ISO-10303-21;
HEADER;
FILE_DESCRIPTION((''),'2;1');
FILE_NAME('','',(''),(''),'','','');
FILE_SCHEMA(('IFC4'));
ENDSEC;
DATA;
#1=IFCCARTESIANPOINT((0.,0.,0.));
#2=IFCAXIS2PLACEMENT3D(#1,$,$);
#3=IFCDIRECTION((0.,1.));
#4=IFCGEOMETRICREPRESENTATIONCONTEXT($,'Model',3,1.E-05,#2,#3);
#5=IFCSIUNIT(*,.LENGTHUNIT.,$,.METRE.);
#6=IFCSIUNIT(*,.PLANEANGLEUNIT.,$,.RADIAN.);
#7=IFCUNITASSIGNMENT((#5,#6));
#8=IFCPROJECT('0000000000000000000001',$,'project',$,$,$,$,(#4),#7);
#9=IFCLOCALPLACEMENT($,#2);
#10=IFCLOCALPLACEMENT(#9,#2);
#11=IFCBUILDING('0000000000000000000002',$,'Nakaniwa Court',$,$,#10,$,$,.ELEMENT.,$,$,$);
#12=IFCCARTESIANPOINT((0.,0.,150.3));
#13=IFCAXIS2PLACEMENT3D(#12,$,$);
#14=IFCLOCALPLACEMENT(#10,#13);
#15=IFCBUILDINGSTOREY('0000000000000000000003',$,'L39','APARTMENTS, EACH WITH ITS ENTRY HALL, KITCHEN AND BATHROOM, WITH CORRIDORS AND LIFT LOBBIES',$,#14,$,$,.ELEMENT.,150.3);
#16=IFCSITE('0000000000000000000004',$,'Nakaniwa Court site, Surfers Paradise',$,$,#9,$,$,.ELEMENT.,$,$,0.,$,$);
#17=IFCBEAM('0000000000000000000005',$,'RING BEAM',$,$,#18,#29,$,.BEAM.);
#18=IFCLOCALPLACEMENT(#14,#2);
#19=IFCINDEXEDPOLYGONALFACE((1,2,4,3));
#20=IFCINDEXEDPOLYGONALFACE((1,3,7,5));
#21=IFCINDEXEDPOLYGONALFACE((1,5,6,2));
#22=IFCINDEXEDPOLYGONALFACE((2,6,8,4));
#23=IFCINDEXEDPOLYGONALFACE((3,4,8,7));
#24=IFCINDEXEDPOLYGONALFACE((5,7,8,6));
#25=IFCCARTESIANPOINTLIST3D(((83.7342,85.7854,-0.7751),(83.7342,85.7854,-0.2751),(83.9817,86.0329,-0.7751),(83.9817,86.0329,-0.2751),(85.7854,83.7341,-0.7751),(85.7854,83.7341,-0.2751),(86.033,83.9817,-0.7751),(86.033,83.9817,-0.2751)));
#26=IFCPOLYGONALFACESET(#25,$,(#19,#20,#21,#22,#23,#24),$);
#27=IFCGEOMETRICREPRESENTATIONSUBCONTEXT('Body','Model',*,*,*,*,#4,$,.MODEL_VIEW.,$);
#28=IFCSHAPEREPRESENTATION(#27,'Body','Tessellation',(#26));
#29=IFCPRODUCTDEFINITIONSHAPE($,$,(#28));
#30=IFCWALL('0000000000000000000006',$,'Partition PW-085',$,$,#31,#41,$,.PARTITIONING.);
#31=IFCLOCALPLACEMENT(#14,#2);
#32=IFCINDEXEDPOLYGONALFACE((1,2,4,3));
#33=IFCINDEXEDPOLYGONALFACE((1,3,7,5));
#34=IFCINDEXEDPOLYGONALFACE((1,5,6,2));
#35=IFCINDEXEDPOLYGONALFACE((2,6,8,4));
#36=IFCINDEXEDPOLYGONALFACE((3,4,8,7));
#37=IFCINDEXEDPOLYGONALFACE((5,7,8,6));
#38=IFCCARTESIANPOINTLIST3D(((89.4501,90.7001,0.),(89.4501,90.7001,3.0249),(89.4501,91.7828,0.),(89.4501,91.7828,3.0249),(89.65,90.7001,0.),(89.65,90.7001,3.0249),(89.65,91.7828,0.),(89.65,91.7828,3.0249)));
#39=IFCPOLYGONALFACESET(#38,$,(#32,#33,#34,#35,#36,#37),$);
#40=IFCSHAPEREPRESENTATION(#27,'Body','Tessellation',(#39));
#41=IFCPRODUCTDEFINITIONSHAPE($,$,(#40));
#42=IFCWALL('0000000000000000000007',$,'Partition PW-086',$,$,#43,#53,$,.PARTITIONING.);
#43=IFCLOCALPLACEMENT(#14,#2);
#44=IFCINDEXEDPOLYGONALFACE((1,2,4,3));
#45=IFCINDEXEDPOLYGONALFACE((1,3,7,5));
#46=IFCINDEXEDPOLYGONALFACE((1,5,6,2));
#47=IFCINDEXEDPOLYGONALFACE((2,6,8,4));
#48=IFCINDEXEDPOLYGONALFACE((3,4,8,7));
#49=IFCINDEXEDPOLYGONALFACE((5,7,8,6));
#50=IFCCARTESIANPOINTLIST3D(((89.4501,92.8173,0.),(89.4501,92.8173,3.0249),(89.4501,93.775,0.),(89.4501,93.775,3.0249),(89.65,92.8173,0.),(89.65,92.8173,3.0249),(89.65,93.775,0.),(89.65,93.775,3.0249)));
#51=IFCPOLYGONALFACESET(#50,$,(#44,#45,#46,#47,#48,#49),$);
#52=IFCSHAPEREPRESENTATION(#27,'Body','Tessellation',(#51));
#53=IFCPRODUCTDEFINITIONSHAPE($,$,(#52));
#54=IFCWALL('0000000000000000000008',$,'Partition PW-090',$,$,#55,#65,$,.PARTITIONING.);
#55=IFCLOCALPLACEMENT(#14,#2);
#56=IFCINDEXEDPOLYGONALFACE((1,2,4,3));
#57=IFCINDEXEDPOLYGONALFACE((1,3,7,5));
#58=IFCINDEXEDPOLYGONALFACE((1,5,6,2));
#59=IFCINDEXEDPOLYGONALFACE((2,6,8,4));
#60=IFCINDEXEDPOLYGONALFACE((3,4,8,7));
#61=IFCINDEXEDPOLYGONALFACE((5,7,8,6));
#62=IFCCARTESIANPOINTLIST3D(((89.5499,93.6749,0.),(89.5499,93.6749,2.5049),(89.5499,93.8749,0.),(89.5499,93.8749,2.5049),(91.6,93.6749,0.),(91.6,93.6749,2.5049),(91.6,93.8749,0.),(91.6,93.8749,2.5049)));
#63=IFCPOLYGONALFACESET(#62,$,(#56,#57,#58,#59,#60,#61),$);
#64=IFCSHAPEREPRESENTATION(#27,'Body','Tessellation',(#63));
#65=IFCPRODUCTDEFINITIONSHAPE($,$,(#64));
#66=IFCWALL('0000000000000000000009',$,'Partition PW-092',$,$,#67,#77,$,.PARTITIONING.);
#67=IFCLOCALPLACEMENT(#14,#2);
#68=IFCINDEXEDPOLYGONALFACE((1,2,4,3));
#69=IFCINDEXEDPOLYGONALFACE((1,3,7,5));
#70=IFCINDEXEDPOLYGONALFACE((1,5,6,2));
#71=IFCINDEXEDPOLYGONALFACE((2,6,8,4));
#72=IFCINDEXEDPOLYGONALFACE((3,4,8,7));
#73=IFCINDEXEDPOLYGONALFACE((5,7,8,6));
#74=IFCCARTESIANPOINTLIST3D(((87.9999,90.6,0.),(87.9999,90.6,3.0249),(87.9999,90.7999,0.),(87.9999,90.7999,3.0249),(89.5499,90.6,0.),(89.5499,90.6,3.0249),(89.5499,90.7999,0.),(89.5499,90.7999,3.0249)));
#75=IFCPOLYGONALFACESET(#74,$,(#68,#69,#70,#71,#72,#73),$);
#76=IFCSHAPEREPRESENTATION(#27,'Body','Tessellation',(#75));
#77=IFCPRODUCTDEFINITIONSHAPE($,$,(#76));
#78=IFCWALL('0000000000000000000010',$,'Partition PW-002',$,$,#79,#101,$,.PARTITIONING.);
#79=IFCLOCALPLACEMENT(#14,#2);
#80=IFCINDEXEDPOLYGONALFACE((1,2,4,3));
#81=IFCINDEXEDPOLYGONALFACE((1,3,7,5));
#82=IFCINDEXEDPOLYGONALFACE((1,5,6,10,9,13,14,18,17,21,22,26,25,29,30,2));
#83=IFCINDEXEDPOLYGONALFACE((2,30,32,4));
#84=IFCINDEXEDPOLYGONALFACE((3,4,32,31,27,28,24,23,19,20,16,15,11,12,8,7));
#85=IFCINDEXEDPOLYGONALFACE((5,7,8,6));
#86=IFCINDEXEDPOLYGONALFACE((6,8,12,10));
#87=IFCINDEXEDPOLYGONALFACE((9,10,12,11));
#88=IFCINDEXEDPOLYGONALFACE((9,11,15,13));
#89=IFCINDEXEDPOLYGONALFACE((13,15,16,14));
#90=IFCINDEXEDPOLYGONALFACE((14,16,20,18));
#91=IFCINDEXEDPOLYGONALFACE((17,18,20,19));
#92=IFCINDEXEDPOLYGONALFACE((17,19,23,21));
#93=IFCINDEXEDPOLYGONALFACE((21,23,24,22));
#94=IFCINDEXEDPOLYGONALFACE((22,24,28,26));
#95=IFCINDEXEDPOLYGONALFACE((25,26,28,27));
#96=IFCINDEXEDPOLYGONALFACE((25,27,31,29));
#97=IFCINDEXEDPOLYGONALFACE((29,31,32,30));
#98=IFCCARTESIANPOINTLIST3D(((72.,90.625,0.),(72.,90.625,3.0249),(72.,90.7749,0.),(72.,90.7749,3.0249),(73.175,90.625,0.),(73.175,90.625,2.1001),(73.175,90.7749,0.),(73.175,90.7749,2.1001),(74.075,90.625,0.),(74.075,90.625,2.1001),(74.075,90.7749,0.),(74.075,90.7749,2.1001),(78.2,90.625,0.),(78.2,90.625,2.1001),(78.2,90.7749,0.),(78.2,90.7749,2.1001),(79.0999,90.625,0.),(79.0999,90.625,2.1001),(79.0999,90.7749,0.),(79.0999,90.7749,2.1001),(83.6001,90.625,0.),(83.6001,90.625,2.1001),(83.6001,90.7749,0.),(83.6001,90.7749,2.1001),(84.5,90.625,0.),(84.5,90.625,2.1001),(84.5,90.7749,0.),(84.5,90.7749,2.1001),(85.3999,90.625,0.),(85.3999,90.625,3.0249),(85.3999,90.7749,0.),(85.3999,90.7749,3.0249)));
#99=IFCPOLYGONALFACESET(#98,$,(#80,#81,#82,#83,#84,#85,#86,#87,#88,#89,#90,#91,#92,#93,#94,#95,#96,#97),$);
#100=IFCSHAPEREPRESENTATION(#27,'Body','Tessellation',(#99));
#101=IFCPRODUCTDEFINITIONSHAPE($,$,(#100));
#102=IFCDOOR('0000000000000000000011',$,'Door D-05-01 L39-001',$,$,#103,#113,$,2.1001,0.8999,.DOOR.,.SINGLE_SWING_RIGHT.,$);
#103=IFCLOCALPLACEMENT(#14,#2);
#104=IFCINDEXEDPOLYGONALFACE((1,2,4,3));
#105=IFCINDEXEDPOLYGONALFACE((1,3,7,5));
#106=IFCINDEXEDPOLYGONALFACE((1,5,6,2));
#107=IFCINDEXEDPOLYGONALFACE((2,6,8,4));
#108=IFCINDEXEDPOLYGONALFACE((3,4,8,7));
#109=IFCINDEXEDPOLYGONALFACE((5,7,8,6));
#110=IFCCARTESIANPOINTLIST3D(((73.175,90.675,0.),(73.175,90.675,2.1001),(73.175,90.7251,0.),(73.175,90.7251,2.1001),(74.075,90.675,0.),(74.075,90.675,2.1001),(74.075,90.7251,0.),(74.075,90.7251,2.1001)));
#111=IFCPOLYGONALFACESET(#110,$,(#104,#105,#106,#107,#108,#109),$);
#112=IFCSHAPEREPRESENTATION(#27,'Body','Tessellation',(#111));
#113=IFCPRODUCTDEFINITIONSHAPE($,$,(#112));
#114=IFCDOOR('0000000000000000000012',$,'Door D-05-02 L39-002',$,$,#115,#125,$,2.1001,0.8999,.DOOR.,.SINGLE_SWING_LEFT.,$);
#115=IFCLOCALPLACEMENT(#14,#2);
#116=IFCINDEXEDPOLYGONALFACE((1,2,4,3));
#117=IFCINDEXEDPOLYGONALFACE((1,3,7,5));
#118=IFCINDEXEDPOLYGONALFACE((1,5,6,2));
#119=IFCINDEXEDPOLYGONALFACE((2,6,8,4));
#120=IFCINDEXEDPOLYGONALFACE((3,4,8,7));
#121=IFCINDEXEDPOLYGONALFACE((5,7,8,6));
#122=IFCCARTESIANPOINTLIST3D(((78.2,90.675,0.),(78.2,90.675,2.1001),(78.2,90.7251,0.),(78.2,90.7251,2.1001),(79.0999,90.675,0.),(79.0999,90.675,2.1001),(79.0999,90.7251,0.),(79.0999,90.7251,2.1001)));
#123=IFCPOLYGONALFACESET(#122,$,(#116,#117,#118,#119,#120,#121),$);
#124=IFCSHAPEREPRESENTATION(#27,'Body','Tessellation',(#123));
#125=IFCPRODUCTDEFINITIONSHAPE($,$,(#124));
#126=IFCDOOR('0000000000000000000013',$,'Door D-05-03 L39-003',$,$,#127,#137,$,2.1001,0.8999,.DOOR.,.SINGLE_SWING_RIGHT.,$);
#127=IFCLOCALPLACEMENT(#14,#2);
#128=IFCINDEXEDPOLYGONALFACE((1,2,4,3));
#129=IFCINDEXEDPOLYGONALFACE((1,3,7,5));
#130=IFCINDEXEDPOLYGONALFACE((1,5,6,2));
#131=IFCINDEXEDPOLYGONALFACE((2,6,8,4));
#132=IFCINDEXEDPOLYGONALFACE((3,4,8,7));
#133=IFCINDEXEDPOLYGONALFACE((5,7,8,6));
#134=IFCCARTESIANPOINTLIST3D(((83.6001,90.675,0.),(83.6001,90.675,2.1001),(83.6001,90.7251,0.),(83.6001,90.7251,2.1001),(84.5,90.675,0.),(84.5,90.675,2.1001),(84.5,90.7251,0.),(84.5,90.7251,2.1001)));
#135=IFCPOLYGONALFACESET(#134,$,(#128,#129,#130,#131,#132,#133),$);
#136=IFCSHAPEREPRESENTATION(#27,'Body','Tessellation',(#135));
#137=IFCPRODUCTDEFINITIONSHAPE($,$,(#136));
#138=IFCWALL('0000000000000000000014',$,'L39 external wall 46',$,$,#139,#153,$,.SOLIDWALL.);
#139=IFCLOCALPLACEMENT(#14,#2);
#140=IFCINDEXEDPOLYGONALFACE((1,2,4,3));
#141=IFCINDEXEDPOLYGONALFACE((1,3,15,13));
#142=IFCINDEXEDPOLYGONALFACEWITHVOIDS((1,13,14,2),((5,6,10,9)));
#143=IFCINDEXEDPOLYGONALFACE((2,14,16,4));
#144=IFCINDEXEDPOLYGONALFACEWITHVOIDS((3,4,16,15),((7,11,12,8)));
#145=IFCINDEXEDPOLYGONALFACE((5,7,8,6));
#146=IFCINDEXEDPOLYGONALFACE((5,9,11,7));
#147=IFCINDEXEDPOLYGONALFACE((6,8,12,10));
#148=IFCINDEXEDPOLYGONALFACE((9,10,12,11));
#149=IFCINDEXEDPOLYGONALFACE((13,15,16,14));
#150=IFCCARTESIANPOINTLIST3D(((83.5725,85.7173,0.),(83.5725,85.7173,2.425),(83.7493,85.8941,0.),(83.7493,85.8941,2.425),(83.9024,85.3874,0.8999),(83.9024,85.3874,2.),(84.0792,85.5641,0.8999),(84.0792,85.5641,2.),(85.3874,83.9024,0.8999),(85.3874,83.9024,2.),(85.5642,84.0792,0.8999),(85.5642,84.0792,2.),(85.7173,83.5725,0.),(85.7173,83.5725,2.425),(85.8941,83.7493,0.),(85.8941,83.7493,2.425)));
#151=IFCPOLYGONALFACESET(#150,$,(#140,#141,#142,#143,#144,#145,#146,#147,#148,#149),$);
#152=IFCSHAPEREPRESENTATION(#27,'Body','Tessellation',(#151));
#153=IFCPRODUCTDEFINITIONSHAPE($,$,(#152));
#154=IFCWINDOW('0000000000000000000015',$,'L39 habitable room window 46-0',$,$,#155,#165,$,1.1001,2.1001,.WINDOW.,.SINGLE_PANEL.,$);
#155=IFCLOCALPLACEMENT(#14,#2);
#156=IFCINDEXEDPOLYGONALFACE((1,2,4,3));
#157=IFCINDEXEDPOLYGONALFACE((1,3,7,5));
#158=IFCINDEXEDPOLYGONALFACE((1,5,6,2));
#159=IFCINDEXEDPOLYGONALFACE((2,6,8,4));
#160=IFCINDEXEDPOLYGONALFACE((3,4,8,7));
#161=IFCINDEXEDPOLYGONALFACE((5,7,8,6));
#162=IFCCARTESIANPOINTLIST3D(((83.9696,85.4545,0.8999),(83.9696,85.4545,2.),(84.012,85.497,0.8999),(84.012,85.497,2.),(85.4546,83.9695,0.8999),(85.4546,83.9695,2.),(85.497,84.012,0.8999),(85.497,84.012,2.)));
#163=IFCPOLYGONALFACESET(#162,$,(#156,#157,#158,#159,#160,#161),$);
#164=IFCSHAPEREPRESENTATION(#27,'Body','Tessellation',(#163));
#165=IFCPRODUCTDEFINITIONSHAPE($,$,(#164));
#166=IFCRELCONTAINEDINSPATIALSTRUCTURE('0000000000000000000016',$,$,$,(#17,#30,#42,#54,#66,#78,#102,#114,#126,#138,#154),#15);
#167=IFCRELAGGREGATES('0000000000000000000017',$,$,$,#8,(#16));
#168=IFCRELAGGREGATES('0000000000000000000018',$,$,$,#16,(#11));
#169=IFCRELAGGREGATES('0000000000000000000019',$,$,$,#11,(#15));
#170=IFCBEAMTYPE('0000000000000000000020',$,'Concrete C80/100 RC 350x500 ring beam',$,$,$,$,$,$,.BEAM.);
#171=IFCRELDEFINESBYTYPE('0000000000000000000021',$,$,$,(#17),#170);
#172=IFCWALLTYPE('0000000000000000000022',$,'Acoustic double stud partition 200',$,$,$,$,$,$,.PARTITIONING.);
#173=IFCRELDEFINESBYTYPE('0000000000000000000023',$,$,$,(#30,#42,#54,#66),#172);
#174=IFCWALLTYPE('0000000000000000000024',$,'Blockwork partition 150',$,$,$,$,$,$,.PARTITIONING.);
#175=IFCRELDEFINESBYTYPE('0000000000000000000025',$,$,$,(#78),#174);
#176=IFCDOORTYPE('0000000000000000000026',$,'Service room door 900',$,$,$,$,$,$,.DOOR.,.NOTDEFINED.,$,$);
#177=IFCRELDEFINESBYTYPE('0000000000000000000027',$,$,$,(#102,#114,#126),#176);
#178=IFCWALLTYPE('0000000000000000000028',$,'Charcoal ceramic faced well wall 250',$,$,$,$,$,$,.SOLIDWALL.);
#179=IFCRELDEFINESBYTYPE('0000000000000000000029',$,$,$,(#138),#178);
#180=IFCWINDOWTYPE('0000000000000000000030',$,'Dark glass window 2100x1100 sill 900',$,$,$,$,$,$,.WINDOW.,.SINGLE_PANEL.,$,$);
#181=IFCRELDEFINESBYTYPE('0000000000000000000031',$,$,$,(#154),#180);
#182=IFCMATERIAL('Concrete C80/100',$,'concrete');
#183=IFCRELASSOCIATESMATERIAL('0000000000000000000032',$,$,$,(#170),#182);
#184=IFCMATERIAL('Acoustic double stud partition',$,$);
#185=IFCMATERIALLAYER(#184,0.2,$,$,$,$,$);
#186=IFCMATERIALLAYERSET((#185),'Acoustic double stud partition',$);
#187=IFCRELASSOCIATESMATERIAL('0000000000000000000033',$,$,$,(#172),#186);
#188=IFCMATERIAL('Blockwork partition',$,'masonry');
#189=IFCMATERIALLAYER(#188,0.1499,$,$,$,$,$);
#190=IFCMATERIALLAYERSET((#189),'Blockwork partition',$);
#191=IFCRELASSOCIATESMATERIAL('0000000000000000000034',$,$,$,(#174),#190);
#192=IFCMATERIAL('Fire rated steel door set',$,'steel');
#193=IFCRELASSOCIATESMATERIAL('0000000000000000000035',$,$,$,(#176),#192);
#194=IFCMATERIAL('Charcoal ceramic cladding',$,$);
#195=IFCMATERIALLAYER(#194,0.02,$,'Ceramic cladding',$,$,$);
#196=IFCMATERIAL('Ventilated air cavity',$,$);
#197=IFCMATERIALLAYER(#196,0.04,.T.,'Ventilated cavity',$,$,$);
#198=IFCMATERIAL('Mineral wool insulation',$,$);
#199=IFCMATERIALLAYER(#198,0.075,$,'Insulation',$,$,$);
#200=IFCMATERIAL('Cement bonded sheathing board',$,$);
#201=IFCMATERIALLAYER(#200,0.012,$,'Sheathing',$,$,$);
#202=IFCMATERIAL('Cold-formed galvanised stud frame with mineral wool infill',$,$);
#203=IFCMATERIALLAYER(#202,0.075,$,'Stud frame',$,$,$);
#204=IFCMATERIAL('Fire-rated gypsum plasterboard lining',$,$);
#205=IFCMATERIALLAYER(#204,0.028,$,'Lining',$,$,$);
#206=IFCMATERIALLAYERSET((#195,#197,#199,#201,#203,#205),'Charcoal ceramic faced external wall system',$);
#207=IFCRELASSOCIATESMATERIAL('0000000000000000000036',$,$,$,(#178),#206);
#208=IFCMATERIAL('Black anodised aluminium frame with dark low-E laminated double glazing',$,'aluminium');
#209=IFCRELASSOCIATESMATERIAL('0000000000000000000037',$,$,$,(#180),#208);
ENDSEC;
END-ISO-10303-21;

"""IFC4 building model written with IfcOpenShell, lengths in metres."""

from ifc_helpers import new_model, si_unit, direction, frame, frame_2d, origin, origin_2d, place, context, subcontext, project, spatial, rectangle, extrude, material, layer, layer_set, material_profile, profile_set, type_object, element, fill, save


model = new_model("IFC4")

# Units and contexts
model_context = context("Model", 3, precision=1e-05, world=origin(), true_north=direction((0.0, 1.0)))
body_context = subcontext(model_context, "Body", "Model", "MODEL_VIEW")
ifc_project = project(units=[si_unit("LENGTHUNIT", "METRE"), si_unit("PLANEANGLEUNIT", "RADIAN")], contexts=[model_context])

# Site, building, storey
site_placement = place(None, origin())
site = spatial("IfcSite", under=ifc_project, at=site_placement, Name="Nakaniwa Court site, Surfers Paradise", CompositionType="ELEMENT", RefElevation=0.0)
building_placement = place(site_placement, origin())
building = spatial("IfcBuilding", under=site, at=building_placement, Name="Nakaniwa Court", CompositionType="ELEMENT")
storey_placement = place(building_placement, frame((0.0, 0.0, 150.3)))
storey = spatial("IfcBuildingStorey", under=building, at=storey_placement, Name="L39", Description="APARTMENTS, EACH WITH ITS ENTRY HALL, KITCHEN AND BATHROOM, WITH CORRIDORS AND LIFT LOBBIES", CompositionType="ELEMENT", Elevation=150.3)

# Shared definitions
ifc_material_1 = material(Name="Concrete C80/100", Category="concrete")

# Beam
ifc_material_profile_1 = material_profile(ifc_material_1, rectangle(XDim=0.3501, YDim=0.5, at=origin_2d()), Name="Concrete C80/100 RC 350x500 ring beam")
ifc_profile_set_1 = profile_set([ifc_material_profile_1], Name="Concrete C80/100")
beam_type = type_object("IfcBeamType", Name="Concrete C80/100 RC 350x500 ring beam", PredefinedType="BEAM", material=ifc_profile_set_1)
beam_placement = place(storey_placement, frame((85.9092, 83.8579, -0.5251), z_axis=(-0.707107, 0.707107, 0.0), x_axis=(-0.707107, -0.707107, 0.0)))
element("IfcBeam", 1, at=beam_placement, inside=storey, type_object=beam_type, Name="RING BEAM", PredefinedType="BEAM", context=body_context, shape_type="SweptSolid", body=[
    extrude(rectangle(XDim=0.3501, YDim=0.5, at=origin_2d()), origin(), (0.0, 0.0, 1.0), 2.9009),
])

# Walls
ifc_material_2 = material(Name="Acoustic double stud partition")
ifc_layer_1 = layer(ifc_material_2, 0.2)
ifc_layer_set_1 = layer_set([ifc_layer_1], Name="Acoustic double stud partition")
wall_type_1 = type_object("IfcWallType", Name="Acoustic double stud partition 200", PredefinedType="PARTITIONING", material=ifc_layer_set_1)
wall_1_placement = place(storey_placement, frame((89.55, 90.7, 0.0), z_axis=(0.0, 0.0, 1.0), x_axis=(0.0, 1.0, 0.0)))
element("IfcWall", 2, at=wall_1_placement, inside=storey, type_object=wall_type_1, Name="Partition PW-085", PredefinedType="PARTITIONING", context=body_context, shape_type="SweptSolid", body=[
    extrude(rectangle(XDim=1.0828, YDim=0.2, at=frame_2d((0.5415, 0.0))), origin(), (0.0, 0.0, 1.0), 3.0249),
])
wall_2_placement = place(storey_placement, frame((89.55, 92.8171, 0.0), z_axis=(0.0, 0.0, 1.0), x_axis=(0.0, 1.0, 0.0)))
element("IfcWall", 3, at=wall_2_placement, inside=storey, type_object=wall_type_1, Name="Partition PW-086", PredefinedType="PARTITIONING", context=body_context, shape_type="SweptSolid", body=[
    extrude(rectangle(XDim=0.9578, YDim=0.2, at=frame_2d((0.479, 0.0))), origin(), (0.0, 0.0, 1.0), 3.0249),
])
wall_3_placement = place(storey_placement, frame((89.55, 93.7749, 0.0), z_axis=(0.0, 0.0, 1.0), x_axis=(1.0, 0.0, 0.0)))
element("IfcWall", 4, at=wall_3_placement, inside=storey, type_object=wall_type_1, Name="Partition PW-090", PredefinedType="PARTITIONING", context=body_context, shape_type="SweptSolid", body=[
    extrude(rectangle(XDim=2.05, YDim=0.2, at=frame_2d((1.0249, 0.0))), origin(), (0.0, 0.0, 1.0), 2.5049),
])
wall_4_placement = place(storey_placement, frame((88.0, 90.7, 0.0), z_axis=(0.0, 0.0, 1.0), x_axis=(1.0, 0.0, 0.0)))
element("IfcWall", 5, at=wall_4_placement, inside=storey, type_object=wall_type_1, Name="Partition PW-092", PredefinedType="PARTITIONING", context=body_context, shape_type="SweptSolid", body=[
    extrude(rectangle(XDim=1.55, YDim=0.2, at=frame_2d((0.7749, 0.0))), origin(), (0.0, 0.0, 1.0), 3.0249),
])

# Wall, openings, doors
ifc_material_3 = material(Name="Blockwork partition", Category="masonry")
ifc_layer_2 = layer(ifc_material_3, 0.1499)
ifc_layer_set_2 = layer_set([ifc_layer_2], Name="Blockwork partition")
wall_type_2 = type_object("IfcWallType", Name="Blockwork partition 150", PredefinedType="PARTITIONING", material=ifc_layer_set_2)
wall_5_placement = place(storey_placement, frame((85.3999, 90.7, 0.0), z_axis=(0.0, 0.0, 1.0), x_axis=(-1.0, 0.0, 0.0)))
wall_5 = element("IfcWall", 6, at=wall_5_placement, inside=storey, type_object=wall_type_2, Name="Partition PW-002", PredefinedType="PARTITIONING", context=body_context, shape_type="SweptSolid", body=[
    extrude(rectangle(XDim=13.3999, YDim=0.1499, at=frame_2d((6.7, 0.0))), origin(), (0.0, 0.0, 1.0), 3.0249),
])
opening_1_placement = place(wall_5_placement, frame((11.325, 0.0, 0.0)))
opening_1 = element("IfcOpeningElement", 7, at=opening_1_placement, cuts=wall_5, PredefinedType="OPENING", context=body_context, shape_type="SweptSolid", body=[
    extrude(rectangle(XDim=0.8999, YDim=2.1001, at=frame_2d((0.45, 1.05))), frame((0.0, 0.085, 0.0), z_axis=(0.0, -1.0, 0.0), x_axis=(1.0, 0.0, 0.0)), (0.0, 0.0, 1.0), 0.1699),
])
opening_2_placement = place(wall_5_placement, frame((6.3, 0.0, 0.0)))
opening_2 = element("IfcOpeningElement", 8, at=opening_2_placement, cuts=wall_5, PredefinedType="OPENING", context=body_context, shape_type="SweptSolid", body=[
    extrude(rectangle(XDim=0.8999, YDim=2.1001, at=frame_2d((0.45, 1.05))), frame((0.0, 0.085, 0.0), z_axis=(0.0, -1.0, 0.0), x_axis=(1.0, 0.0, 0.0)), (0.0, 0.0, 1.0), 0.1699),
])
opening_3_placement = place(wall_5_placement, frame((0.8999, 0.0, 0.0)))
opening_3 = element("IfcOpeningElement", 9, at=opening_3_placement, cuts=wall_5, PredefinedType="OPENING", context=body_context, shape_type="SweptSolid", body=[
    extrude(rectangle(XDim=0.8999, YDim=2.1001, at=frame_2d((0.45, 1.05))), frame((0.0, 0.085, 0.0), z_axis=(0.0, -1.0, 0.0), x_axis=(1.0, 0.0, 0.0)), (0.0, 0.0, 1.0), 0.1699),
])
ifc_material_4 = material(Name="Fire rated steel door set", Category="steel")
door_type_1 = type_object("IfcDoorType", Name="Service room door 900", OperationType="NOTDEFINED", PredefinedType="DOOR", material=ifc_material_4)
door_1_placement = place(opening_1_placement, origin())
door_1 = element("IfcDoor", 10, at=door_1_placement, inside=storey, type_object=door_type_1, Name="Door D-05-01 L39-001", OperationType="SINGLE_SWING_RIGHT", OverallHeight=2.1001, OverallWidth=0.8999, PredefinedType="DOOR", context=body_context, shape_type="SweptSolid", body=[
    extrude(rectangle(XDim=0.8999, YDim=2.1001, at=frame_2d((0.45, 1.05))), frame((0.0, 0.0249, 0.0), z_axis=(0.0, -1.0, 0.0), x_axis=(1.0, 0.0, 0.0)), (0.0, 0.0, 1.0), 0.05),
])
fill(opening_1, door_1)
door_2_placement = place(opening_2_placement, origin())
door_2 = element("IfcDoor", 11, at=door_2_placement, inside=storey, type_object=door_type_1, Name="Door D-05-02 L39-002", OperationType="SINGLE_SWING_LEFT", OverallHeight=2.1001, OverallWidth=0.8999, PredefinedType="DOOR", context=body_context, shape_type="SweptSolid", body=[
    extrude(rectangle(XDim=0.8999, YDim=2.1001, at=frame_2d((0.45, 1.05))), frame((0.0, 0.0249, 0.0), z_axis=(0.0, -1.0, 0.0), x_axis=(1.0, 0.0, 0.0)), (0.0, 0.0, 1.0), 0.05),
])
fill(opening_2, door_2)
door_3_placement = place(opening_3_placement, origin())
door_3 = element("IfcDoor", 12, at=door_3_placement, inside=storey, type_object=door_type_1, Name="Door D-05-03 L39-003", OperationType="SINGLE_SWING_RIGHT", OverallHeight=2.1001, OverallWidth=0.8999, PredefinedType="DOOR", context=body_context, shape_type="SweptSolid", body=[
    extrude(rectangle(XDim=0.8999, YDim=2.1001, at=frame_2d((0.45, 1.05))), frame((0.0, 0.0249, 0.0), z_axis=(0.0, -1.0, 0.0), x_axis=(1.0, 0.0, 0.0)), (0.0, 0.0, 1.0), 0.05),
])
fill(opening_3, door_3)

# Wall, opening, window
ifc_material_5 = material(Name="Charcoal ceramic cladding")
ifc_layer_3 = layer(ifc_material_5, 0.02, Name="Ceramic cladding")
ifc_material_6 = material(Name="Ventilated air cavity")
ifc_layer_4 = layer(ifc_material_6, 0.04, ventilated=True, Name="Ventilated cavity")
ifc_material_7 = material(Name="Mineral wool insulation")
ifc_layer_5 = layer(ifc_material_7, 0.075, Name="Insulation")
ifc_material_8 = material(Name="Cement bonded sheathing board")
ifc_layer_6 = layer(ifc_material_8, 0.012, Name="Sheathing")
ifc_material_9 = material(Name="Cold-formed galvanised stud frame with mineral wool infill")
ifc_layer_7 = layer(ifc_material_9, 0.075, Name="Stud frame")
ifc_material_10 = material(Name="Fire-rated gypsum plasterboard lining")
ifc_layer_8 = layer(ifc_material_10, 0.028, Name="Lining")
ifc_layer_set_3 = layer_set([ifc_layer_3, ifc_layer_4, ifc_layer_5, ifc_layer_6, ifc_layer_7, ifc_layer_8], Name="Charcoal ceramic faced external wall system")
wall_type_3 = type_object("IfcWallType", Name="Charcoal ceramic faced well wall 250", PredefinedType="SOLIDWALL", material=ifc_layer_set_3)
wall_6_placement = place(storey_placement, frame((83.6609, 85.8057, 0.0), z_axis=(0.0, 0.0, 1.0), x_axis=(0.707107, -0.707107, 0.0)))
wall_6 = element("IfcWall", 13, at=wall_6_placement, inside=storey, type_object=wall_type_3, Name="L39 external wall 46", PredefinedType="SOLIDWALL", context=body_context, shape_type="SweptSolid", body=[
    extrude(rectangle(XDim=3.0332, YDim=0.25, at=frame_2d((1.5166, 0.0))), origin(), (0.0, 0.0, 1.0), 2.425),
])
opening_4_placement = place(wall_6_placement, frame((0.4666, 0.0, 0.8999)))
opening_4 = element("IfcOpeningElement", 14, at=opening_4_placement, cuts=wall_6, PredefinedType="OPENING", context=body_context, shape_type="SweptSolid", body=[
    extrude(rectangle(XDim=2.1001, YDim=1.1001, at=frame_2d((1.05, 0.55))), frame((0.0, 0.135, 0.0), z_axis=(0.0, -1.0, 0.0), x_axis=(1.0, 0.0, 0.0)), (0.0, 0.0, 1.0), 0.27),
])
ifc_material_11 = material(Name="Black anodised aluminium frame with dark low-E laminated double glazing", Category="aluminium")
window_type = type_object("IfcWindowType", Name="Dark glass window 2100x1100 sill 900", PartitioningType="SINGLE_PANEL", PredefinedType="WINDOW", material=ifc_material_11)
window_1_placement = place(opening_4_placement, origin())
window_1 = element("IfcWindow", 15, at=window_1_placement, inside=storey, type_object=window_type, Name="L39 habitable room window 46-0", OverallHeight=1.1001, OverallWidth=2.1001, PartitioningType="SINGLE_PANEL", PredefinedType="WINDOW", context=body_context, shape_type="SweptSolid", body=[
    extrude(rectangle(XDim=2.1001, YDim=1.1001, at=frame_2d((1.05, 0.55))), frame((0.0, 0.03, 0.0), z_axis=(0.0, -1.0, 0.0), x_axis=(1.0, 0.0, 0.0)), (0.0, 0.0, 1.0), 0.0601),
])
fill(opening_4, window_1)

save(model, "model.ifc")
